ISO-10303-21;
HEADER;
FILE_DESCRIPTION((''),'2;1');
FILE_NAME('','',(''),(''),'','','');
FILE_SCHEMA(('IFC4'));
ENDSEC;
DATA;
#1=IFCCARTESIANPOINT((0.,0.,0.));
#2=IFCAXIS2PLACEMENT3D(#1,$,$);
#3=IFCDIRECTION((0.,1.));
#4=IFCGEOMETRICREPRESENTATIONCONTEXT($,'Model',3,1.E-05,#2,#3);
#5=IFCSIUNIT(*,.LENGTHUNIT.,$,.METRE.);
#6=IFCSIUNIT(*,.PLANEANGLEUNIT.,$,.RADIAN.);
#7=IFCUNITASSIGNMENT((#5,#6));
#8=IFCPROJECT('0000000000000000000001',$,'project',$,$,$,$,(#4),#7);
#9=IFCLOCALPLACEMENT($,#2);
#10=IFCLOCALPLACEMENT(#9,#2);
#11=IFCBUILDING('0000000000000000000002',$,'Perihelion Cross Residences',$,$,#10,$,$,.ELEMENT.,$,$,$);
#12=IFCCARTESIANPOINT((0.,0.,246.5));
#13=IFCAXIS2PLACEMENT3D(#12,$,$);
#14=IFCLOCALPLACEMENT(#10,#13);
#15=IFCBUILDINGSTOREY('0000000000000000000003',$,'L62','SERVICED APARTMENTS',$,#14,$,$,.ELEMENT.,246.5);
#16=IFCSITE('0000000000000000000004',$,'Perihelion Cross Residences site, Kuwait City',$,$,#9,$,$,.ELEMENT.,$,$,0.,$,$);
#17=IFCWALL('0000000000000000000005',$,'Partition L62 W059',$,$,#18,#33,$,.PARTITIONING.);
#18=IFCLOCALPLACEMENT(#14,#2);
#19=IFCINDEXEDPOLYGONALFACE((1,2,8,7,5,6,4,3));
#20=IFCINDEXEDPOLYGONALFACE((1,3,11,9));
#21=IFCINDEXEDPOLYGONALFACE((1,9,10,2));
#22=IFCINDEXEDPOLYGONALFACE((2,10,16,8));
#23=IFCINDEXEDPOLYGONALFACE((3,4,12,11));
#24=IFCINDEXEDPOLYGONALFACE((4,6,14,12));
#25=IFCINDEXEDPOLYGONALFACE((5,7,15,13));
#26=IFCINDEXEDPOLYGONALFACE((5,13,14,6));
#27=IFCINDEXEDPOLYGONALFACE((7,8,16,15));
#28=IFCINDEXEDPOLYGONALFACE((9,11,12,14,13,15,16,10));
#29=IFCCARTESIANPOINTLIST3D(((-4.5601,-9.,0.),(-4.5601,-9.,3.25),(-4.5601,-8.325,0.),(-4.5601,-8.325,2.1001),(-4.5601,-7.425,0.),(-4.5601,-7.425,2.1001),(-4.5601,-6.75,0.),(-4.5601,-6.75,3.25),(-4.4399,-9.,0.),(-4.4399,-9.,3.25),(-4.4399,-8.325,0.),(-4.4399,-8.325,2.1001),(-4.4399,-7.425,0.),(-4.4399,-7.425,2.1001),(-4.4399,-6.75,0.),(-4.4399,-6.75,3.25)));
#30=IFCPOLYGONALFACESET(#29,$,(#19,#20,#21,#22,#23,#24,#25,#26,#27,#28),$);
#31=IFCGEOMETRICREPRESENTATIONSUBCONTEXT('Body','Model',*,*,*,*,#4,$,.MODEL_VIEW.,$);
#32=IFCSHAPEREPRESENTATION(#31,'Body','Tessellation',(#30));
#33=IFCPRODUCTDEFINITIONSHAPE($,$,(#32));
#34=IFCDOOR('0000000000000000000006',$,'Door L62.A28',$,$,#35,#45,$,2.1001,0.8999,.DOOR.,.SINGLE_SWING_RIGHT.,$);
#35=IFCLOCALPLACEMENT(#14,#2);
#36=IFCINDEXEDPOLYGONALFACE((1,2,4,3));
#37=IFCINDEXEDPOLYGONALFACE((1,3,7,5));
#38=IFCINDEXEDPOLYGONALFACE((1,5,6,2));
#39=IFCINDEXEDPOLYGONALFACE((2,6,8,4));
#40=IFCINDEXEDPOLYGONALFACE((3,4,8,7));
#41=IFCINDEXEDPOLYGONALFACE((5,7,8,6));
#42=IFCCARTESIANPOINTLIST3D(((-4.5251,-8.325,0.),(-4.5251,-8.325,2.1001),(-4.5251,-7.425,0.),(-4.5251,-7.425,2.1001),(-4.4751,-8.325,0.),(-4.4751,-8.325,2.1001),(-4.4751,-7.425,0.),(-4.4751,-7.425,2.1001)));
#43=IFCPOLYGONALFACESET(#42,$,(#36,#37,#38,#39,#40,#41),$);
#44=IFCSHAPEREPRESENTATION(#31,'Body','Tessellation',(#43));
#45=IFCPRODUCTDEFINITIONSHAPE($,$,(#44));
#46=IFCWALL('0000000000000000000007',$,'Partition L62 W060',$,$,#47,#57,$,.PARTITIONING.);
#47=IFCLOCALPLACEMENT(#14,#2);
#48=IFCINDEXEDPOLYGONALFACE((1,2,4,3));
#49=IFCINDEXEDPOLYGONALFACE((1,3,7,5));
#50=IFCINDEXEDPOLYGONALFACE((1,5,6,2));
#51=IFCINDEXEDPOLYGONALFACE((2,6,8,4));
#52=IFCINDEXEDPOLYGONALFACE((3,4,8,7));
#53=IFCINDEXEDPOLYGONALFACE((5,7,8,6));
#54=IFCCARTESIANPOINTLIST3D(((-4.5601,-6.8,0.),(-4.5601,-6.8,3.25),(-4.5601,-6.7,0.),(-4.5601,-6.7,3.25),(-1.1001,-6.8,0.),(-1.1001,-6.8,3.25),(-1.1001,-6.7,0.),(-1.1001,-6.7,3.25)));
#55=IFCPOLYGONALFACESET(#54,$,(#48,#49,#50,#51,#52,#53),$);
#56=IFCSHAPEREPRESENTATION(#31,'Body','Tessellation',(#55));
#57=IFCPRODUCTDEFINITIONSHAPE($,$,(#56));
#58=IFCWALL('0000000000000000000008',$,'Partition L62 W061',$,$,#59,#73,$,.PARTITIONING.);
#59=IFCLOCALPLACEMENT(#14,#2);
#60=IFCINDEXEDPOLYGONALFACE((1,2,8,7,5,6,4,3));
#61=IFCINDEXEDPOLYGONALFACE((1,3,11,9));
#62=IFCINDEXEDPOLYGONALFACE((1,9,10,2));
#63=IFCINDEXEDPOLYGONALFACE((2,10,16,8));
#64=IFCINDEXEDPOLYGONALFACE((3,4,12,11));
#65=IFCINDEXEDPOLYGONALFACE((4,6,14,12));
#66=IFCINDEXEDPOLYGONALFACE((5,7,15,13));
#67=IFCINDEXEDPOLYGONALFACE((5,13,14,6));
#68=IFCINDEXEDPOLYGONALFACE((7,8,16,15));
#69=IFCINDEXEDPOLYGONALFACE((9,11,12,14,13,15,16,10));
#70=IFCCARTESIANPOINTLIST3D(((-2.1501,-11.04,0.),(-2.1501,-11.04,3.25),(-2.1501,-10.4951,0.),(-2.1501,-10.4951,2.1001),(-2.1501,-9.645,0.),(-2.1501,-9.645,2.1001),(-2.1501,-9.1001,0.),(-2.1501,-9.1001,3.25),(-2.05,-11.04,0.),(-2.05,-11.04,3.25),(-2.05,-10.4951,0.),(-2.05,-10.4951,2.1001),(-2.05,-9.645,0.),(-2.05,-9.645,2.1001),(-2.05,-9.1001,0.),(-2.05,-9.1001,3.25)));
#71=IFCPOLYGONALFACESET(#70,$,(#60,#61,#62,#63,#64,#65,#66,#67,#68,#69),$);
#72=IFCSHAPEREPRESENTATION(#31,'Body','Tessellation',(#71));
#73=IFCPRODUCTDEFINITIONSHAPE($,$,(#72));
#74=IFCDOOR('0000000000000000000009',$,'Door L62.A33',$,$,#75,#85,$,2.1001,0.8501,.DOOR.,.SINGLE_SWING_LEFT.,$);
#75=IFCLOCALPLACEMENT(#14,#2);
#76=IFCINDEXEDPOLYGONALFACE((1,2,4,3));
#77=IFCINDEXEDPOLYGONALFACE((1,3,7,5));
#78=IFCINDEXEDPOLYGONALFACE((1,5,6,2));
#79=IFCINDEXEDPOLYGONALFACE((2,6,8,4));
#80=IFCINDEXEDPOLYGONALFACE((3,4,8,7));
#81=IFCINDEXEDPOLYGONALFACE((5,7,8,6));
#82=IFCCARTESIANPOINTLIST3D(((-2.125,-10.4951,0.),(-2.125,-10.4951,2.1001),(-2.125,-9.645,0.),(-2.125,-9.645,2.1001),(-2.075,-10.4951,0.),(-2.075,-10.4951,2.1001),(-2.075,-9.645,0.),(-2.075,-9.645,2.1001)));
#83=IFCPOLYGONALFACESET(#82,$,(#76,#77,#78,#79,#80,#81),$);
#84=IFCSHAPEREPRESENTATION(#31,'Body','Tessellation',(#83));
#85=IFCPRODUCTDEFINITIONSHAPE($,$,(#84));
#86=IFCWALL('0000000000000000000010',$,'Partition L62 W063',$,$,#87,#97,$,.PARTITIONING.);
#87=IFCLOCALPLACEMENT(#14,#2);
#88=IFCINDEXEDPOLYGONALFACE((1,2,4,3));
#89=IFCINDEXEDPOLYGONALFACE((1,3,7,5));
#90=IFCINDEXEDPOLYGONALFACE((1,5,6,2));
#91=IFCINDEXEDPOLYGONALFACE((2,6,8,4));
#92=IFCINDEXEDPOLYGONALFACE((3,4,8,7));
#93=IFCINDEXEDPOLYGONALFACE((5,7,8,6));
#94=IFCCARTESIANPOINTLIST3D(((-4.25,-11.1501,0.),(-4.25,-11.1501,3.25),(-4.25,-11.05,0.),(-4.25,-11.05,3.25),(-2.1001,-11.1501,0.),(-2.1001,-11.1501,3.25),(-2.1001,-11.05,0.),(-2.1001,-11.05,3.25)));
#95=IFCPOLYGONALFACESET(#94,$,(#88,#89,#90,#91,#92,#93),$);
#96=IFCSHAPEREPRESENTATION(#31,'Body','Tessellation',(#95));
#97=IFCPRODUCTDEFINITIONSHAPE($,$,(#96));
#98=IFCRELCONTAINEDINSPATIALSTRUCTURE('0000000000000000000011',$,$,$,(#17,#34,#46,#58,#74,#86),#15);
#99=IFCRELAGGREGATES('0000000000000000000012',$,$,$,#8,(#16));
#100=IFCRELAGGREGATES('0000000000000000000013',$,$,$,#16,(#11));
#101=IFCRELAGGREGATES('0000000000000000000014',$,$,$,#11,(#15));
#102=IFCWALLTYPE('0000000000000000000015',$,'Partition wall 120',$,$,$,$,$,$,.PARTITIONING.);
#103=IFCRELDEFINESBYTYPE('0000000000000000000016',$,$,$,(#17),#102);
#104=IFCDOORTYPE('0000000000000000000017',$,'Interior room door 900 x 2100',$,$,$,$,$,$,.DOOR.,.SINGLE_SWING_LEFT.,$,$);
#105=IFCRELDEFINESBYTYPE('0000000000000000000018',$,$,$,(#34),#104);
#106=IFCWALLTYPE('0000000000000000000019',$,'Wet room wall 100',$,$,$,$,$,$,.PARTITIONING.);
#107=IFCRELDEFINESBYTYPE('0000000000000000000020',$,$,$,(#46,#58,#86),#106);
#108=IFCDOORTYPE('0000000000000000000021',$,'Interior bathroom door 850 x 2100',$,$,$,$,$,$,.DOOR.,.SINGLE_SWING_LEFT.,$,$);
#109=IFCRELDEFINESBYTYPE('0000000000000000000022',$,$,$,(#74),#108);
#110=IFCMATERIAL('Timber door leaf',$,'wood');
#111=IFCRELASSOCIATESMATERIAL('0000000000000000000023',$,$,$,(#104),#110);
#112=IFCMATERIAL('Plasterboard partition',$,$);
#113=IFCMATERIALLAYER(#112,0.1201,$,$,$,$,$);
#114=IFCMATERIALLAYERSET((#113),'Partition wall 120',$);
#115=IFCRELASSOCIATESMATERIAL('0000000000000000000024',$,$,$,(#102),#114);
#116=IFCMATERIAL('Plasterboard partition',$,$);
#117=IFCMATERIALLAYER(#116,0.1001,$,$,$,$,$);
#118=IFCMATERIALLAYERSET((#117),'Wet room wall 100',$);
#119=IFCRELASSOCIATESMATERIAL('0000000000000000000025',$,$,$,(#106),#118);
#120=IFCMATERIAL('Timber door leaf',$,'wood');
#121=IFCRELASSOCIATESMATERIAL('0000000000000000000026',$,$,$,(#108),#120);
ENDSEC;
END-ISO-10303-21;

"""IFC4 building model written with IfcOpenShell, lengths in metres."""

from ifc_helpers import new_model, si_unit, direction, frame, frame_2d, origin, place, context, subcontext, project, spatial, rectangle, extrude, material, layer, layer_set, type_object, element, fill, save


model = new_model("IFC4")

# Units and contexts
model_context = context("Model", 3, precision=1e-05, world=origin(), true_north=direction((0.0, 1.0)))
body_context = subcontext(model_context, "Body", "Model", "MODEL_VIEW")
ifc_project = project(units=[si_unit("LENGTHUNIT", "METRE"), si_unit("PLANEANGLEUNIT", "RADIAN")], contexts=[model_context])

# Site, building, storey
site_placement = place(None, origin())
site = spatial("IfcSite", under=ifc_project, at=site_placement, Name="Perihelion Cross Residences site, Kuwait City", CompositionType="ELEMENT", RefElevation=0.0)
building_placement = place(site_placement, origin())
building = spatial("IfcBuilding", under=site, at=building_placement, Name="Perihelion Cross Residences", CompositionType="ELEMENT")
storey_placement = place(building_placement, frame((0.0, 0.0, 246.5)))
storey = spatial("IfcBuildingStorey", under=building, at=storey_placement, Name="L62", Description="SERVICED APARTMENTS", CompositionType="ELEMENT", Elevation=246.5)

# Shared definitions
ifc_material_1 = material(Name="Timber door leaf", Category="wood")
door_type_1 = type_object("IfcDoorType", Name="Interior room door 900 x 2100", OperationType="SINGLE_SWING_LEFT", PredefinedType="DOOR", material=ifc_material_1)

# Shared definitions
ifc_material_2 = material(Name="Plasterboard partition")
ifc_layer_1 = layer(ifc_material_2, 0.1201)
ifc_layer_set_1 = layer_set([ifc_layer_1], Name="Partition wall 120")
wall_type_1 = type_object("IfcWallType", Name="Partition wall 120", PredefinedType="PARTITIONING", material=ifc_layer_set_1)

# Wall, opening, door
wall_1_placement = place(storey_placement, frame((-4.5, -6.75, 0.0), z_axis=(0.0, 0.0, 1.0), x_axis=(0.0, -1.0, 0.0)))
wall_1 = element("IfcWall", 1, at=wall_1_placement, inside=storey, type_object=wall_type_1, Name="Partition L62 W059", PredefinedType="PARTITIONING", context=body_context, shape_type="SweptSolid", body=[
    extrude(rectangle(XDim=2.25, YDim=0.1201, at=frame_2d((1.125, 0.0))), origin(), (0.0, 0.0, 1.0), 3.25),
])
opening_1_placement = place(wall_1_placement, frame((0.675, 0.0, 0.0)))
opening_1 = element("IfcOpeningElement", 2, at=opening_1_placement, cuts=wall_1, PredefinedType="OPENING", context=body_context, shape_type="SweptSolid", body=[
    extrude(rectangle(XDim=0.8999, YDim=2.1001, at=frame_2d((0.45, 1.05))), frame((0.0, 0.0701, 0.0), z_axis=(0.0, -1.0, 0.0), x_axis=(1.0, 0.0, 0.0)), (0.0, 0.0, 1.0), 0.1401),
])
door_1_placement = place(opening_1_placement, origin())
door_1 = element("IfcDoor", 3, at=door_1_placement, inside=storey, type_object=door_type_1, Name="Door L62.A28", OperationType="SINGLE_SWING_RIGHT", OverallHeight=2.1001, OverallWidth=0.8999, PredefinedType="DOOR", context=body_context, shape_type="SweptSolid", body=[
    extrude(rectangle(XDim=0.8999, YDim=2.1001, at=frame_2d((0.45, 1.05))), frame((0.0, 0.0249, 0.0), z_axis=(0.0, -1.0, 0.0), x_axis=(1.0, 0.0, 0.0)), (0.0, 0.0, 1.0), 0.05),
])
fill(opening_1, door_1)

# Wall
ifc_material_3 = material(Name="Plasterboard partition")
ifc_layer_2 = layer(ifc_material_3, 0.1001)
ifc_layer_set_2 = layer_set([ifc_layer_2], Name="Wet room wall 100")
wall_type_2 = type_object("IfcWallType", Name="Wet room wall 100", PredefinedType="PARTITIONING", material=ifc_layer_set_2)
wall_2_placement = place(storey_placement, frame((-1.1001, -6.75, 0.0), z_axis=(0.0, 0.0, 1.0), x_axis=(-1.0, 0.0, 0.0)))
element("IfcWall", 4, at=wall_2_placement, inside=storey, type_object=wall_type_2, Name="Partition L62 W060", PredefinedType="PARTITIONING", context=body_context, shape_type="SweptSolid", body=[
    extrude(rectangle(XDim=3.46, YDim=0.1001, at=frame_2d((1.73, 0.0))), origin(), (0.0, 0.0, 1.0), 3.25),
])

# Wall, opening, door
wall_3_placement = place(storey_placement, frame((-2.1001, -11.04, 0.0), z_axis=(0.0, 0.0, 1.0), x_axis=(0.0, 1.0, 0.0)))
wall_3 = element("IfcWall", 5, at=wall_3_placement, inside=storey, type_object=wall_type_2, Name="Partition L62 W061", PredefinedType="PARTITIONING", context=body_context, shape_type="SweptSolid", body=[
    extrude(rectangle(XDim=1.9399, YDim=0.1001, at=frame_2d((0.97, 0.0))), origin(), (0.0, 0.0, 1.0), 3.25),
])
opening_2_placement = place(wall_3_placement, frame((0.5449, 0.0, 0.0)))
opening_2 = element("IfcOpeningElement", 6, at=opening_2_placement, cuts=wall_3, PredefinedType="OPENING", context=body_context, shape_type="SweptSolid", body=[
    extrude(rectangle(XDim=0.8501, YDim=2.1001, at=frame_2d((0.425, 1.05))), frame((0.0, 0.0601, 0.0), z_axis=(0.0, -1.0, 0.0), x_axis=(1.0, 0.0, 0.0)), (0.0, 0.0, 1.0), 0.1201),
])
ifc_material_4 = material(Name="Timber door leaf", Category="wood")
door_type_2 = type_object("IfcDoorType", Name="Interior bathroom door 850 x 2100", OperationType="SINGLE_SWING_LEFT", PredefinedType="DOOR", material=ifc_material_4)
door_2_placement = place(opening_2_placement, origin())
door_2 = element("IfcDoor", 7, at=door_2_placement, inside=storey, type_object=door_type_2, Name="Door L62.A33", OperationType="SINGLE_SWING_LEFT", OverallHeight=2.1001, OverallWidth=0.8501, PredefinedType="DOOR", context=body_context, shape_type="SweptSolid", body=[
    extrude(rectangle(XDim=0.8501, YDim=2.1001, at=frame_2d((0.425, 1.05))), frame((0.0, 0.0249, 0.0), z_axis=(0.0, -1.0, 0.0), x_axis=(1.0, 0.0, 0.0)), (0.0, 0.0, 1.0), 0.05),
])
fill(opening_2, door_2)

# Wall
wall_4_placement = place(storey_placement, frame((-2.1001, -11.1001, 0.0), z_axis=(0.0, 0.0, 1.0), x_axis=(-1.0, 0.0, 0.0)))
element("IfcWall", 8, at=wall_4_placement, inside=storey, type_object=wall_type_2, Name="Partition L62 W063", PredefinedType="PARTITIONING", context=body_context, shape_type="SweptSolid", body=[
    extrude(rectangle(XDim=2.1499, YDim=0.1001, at=frame_2d((1.075, 0.0))), origin(), (0.0, 0.0, 1.0), 3.25),
])

save(model, "model.ifc")
